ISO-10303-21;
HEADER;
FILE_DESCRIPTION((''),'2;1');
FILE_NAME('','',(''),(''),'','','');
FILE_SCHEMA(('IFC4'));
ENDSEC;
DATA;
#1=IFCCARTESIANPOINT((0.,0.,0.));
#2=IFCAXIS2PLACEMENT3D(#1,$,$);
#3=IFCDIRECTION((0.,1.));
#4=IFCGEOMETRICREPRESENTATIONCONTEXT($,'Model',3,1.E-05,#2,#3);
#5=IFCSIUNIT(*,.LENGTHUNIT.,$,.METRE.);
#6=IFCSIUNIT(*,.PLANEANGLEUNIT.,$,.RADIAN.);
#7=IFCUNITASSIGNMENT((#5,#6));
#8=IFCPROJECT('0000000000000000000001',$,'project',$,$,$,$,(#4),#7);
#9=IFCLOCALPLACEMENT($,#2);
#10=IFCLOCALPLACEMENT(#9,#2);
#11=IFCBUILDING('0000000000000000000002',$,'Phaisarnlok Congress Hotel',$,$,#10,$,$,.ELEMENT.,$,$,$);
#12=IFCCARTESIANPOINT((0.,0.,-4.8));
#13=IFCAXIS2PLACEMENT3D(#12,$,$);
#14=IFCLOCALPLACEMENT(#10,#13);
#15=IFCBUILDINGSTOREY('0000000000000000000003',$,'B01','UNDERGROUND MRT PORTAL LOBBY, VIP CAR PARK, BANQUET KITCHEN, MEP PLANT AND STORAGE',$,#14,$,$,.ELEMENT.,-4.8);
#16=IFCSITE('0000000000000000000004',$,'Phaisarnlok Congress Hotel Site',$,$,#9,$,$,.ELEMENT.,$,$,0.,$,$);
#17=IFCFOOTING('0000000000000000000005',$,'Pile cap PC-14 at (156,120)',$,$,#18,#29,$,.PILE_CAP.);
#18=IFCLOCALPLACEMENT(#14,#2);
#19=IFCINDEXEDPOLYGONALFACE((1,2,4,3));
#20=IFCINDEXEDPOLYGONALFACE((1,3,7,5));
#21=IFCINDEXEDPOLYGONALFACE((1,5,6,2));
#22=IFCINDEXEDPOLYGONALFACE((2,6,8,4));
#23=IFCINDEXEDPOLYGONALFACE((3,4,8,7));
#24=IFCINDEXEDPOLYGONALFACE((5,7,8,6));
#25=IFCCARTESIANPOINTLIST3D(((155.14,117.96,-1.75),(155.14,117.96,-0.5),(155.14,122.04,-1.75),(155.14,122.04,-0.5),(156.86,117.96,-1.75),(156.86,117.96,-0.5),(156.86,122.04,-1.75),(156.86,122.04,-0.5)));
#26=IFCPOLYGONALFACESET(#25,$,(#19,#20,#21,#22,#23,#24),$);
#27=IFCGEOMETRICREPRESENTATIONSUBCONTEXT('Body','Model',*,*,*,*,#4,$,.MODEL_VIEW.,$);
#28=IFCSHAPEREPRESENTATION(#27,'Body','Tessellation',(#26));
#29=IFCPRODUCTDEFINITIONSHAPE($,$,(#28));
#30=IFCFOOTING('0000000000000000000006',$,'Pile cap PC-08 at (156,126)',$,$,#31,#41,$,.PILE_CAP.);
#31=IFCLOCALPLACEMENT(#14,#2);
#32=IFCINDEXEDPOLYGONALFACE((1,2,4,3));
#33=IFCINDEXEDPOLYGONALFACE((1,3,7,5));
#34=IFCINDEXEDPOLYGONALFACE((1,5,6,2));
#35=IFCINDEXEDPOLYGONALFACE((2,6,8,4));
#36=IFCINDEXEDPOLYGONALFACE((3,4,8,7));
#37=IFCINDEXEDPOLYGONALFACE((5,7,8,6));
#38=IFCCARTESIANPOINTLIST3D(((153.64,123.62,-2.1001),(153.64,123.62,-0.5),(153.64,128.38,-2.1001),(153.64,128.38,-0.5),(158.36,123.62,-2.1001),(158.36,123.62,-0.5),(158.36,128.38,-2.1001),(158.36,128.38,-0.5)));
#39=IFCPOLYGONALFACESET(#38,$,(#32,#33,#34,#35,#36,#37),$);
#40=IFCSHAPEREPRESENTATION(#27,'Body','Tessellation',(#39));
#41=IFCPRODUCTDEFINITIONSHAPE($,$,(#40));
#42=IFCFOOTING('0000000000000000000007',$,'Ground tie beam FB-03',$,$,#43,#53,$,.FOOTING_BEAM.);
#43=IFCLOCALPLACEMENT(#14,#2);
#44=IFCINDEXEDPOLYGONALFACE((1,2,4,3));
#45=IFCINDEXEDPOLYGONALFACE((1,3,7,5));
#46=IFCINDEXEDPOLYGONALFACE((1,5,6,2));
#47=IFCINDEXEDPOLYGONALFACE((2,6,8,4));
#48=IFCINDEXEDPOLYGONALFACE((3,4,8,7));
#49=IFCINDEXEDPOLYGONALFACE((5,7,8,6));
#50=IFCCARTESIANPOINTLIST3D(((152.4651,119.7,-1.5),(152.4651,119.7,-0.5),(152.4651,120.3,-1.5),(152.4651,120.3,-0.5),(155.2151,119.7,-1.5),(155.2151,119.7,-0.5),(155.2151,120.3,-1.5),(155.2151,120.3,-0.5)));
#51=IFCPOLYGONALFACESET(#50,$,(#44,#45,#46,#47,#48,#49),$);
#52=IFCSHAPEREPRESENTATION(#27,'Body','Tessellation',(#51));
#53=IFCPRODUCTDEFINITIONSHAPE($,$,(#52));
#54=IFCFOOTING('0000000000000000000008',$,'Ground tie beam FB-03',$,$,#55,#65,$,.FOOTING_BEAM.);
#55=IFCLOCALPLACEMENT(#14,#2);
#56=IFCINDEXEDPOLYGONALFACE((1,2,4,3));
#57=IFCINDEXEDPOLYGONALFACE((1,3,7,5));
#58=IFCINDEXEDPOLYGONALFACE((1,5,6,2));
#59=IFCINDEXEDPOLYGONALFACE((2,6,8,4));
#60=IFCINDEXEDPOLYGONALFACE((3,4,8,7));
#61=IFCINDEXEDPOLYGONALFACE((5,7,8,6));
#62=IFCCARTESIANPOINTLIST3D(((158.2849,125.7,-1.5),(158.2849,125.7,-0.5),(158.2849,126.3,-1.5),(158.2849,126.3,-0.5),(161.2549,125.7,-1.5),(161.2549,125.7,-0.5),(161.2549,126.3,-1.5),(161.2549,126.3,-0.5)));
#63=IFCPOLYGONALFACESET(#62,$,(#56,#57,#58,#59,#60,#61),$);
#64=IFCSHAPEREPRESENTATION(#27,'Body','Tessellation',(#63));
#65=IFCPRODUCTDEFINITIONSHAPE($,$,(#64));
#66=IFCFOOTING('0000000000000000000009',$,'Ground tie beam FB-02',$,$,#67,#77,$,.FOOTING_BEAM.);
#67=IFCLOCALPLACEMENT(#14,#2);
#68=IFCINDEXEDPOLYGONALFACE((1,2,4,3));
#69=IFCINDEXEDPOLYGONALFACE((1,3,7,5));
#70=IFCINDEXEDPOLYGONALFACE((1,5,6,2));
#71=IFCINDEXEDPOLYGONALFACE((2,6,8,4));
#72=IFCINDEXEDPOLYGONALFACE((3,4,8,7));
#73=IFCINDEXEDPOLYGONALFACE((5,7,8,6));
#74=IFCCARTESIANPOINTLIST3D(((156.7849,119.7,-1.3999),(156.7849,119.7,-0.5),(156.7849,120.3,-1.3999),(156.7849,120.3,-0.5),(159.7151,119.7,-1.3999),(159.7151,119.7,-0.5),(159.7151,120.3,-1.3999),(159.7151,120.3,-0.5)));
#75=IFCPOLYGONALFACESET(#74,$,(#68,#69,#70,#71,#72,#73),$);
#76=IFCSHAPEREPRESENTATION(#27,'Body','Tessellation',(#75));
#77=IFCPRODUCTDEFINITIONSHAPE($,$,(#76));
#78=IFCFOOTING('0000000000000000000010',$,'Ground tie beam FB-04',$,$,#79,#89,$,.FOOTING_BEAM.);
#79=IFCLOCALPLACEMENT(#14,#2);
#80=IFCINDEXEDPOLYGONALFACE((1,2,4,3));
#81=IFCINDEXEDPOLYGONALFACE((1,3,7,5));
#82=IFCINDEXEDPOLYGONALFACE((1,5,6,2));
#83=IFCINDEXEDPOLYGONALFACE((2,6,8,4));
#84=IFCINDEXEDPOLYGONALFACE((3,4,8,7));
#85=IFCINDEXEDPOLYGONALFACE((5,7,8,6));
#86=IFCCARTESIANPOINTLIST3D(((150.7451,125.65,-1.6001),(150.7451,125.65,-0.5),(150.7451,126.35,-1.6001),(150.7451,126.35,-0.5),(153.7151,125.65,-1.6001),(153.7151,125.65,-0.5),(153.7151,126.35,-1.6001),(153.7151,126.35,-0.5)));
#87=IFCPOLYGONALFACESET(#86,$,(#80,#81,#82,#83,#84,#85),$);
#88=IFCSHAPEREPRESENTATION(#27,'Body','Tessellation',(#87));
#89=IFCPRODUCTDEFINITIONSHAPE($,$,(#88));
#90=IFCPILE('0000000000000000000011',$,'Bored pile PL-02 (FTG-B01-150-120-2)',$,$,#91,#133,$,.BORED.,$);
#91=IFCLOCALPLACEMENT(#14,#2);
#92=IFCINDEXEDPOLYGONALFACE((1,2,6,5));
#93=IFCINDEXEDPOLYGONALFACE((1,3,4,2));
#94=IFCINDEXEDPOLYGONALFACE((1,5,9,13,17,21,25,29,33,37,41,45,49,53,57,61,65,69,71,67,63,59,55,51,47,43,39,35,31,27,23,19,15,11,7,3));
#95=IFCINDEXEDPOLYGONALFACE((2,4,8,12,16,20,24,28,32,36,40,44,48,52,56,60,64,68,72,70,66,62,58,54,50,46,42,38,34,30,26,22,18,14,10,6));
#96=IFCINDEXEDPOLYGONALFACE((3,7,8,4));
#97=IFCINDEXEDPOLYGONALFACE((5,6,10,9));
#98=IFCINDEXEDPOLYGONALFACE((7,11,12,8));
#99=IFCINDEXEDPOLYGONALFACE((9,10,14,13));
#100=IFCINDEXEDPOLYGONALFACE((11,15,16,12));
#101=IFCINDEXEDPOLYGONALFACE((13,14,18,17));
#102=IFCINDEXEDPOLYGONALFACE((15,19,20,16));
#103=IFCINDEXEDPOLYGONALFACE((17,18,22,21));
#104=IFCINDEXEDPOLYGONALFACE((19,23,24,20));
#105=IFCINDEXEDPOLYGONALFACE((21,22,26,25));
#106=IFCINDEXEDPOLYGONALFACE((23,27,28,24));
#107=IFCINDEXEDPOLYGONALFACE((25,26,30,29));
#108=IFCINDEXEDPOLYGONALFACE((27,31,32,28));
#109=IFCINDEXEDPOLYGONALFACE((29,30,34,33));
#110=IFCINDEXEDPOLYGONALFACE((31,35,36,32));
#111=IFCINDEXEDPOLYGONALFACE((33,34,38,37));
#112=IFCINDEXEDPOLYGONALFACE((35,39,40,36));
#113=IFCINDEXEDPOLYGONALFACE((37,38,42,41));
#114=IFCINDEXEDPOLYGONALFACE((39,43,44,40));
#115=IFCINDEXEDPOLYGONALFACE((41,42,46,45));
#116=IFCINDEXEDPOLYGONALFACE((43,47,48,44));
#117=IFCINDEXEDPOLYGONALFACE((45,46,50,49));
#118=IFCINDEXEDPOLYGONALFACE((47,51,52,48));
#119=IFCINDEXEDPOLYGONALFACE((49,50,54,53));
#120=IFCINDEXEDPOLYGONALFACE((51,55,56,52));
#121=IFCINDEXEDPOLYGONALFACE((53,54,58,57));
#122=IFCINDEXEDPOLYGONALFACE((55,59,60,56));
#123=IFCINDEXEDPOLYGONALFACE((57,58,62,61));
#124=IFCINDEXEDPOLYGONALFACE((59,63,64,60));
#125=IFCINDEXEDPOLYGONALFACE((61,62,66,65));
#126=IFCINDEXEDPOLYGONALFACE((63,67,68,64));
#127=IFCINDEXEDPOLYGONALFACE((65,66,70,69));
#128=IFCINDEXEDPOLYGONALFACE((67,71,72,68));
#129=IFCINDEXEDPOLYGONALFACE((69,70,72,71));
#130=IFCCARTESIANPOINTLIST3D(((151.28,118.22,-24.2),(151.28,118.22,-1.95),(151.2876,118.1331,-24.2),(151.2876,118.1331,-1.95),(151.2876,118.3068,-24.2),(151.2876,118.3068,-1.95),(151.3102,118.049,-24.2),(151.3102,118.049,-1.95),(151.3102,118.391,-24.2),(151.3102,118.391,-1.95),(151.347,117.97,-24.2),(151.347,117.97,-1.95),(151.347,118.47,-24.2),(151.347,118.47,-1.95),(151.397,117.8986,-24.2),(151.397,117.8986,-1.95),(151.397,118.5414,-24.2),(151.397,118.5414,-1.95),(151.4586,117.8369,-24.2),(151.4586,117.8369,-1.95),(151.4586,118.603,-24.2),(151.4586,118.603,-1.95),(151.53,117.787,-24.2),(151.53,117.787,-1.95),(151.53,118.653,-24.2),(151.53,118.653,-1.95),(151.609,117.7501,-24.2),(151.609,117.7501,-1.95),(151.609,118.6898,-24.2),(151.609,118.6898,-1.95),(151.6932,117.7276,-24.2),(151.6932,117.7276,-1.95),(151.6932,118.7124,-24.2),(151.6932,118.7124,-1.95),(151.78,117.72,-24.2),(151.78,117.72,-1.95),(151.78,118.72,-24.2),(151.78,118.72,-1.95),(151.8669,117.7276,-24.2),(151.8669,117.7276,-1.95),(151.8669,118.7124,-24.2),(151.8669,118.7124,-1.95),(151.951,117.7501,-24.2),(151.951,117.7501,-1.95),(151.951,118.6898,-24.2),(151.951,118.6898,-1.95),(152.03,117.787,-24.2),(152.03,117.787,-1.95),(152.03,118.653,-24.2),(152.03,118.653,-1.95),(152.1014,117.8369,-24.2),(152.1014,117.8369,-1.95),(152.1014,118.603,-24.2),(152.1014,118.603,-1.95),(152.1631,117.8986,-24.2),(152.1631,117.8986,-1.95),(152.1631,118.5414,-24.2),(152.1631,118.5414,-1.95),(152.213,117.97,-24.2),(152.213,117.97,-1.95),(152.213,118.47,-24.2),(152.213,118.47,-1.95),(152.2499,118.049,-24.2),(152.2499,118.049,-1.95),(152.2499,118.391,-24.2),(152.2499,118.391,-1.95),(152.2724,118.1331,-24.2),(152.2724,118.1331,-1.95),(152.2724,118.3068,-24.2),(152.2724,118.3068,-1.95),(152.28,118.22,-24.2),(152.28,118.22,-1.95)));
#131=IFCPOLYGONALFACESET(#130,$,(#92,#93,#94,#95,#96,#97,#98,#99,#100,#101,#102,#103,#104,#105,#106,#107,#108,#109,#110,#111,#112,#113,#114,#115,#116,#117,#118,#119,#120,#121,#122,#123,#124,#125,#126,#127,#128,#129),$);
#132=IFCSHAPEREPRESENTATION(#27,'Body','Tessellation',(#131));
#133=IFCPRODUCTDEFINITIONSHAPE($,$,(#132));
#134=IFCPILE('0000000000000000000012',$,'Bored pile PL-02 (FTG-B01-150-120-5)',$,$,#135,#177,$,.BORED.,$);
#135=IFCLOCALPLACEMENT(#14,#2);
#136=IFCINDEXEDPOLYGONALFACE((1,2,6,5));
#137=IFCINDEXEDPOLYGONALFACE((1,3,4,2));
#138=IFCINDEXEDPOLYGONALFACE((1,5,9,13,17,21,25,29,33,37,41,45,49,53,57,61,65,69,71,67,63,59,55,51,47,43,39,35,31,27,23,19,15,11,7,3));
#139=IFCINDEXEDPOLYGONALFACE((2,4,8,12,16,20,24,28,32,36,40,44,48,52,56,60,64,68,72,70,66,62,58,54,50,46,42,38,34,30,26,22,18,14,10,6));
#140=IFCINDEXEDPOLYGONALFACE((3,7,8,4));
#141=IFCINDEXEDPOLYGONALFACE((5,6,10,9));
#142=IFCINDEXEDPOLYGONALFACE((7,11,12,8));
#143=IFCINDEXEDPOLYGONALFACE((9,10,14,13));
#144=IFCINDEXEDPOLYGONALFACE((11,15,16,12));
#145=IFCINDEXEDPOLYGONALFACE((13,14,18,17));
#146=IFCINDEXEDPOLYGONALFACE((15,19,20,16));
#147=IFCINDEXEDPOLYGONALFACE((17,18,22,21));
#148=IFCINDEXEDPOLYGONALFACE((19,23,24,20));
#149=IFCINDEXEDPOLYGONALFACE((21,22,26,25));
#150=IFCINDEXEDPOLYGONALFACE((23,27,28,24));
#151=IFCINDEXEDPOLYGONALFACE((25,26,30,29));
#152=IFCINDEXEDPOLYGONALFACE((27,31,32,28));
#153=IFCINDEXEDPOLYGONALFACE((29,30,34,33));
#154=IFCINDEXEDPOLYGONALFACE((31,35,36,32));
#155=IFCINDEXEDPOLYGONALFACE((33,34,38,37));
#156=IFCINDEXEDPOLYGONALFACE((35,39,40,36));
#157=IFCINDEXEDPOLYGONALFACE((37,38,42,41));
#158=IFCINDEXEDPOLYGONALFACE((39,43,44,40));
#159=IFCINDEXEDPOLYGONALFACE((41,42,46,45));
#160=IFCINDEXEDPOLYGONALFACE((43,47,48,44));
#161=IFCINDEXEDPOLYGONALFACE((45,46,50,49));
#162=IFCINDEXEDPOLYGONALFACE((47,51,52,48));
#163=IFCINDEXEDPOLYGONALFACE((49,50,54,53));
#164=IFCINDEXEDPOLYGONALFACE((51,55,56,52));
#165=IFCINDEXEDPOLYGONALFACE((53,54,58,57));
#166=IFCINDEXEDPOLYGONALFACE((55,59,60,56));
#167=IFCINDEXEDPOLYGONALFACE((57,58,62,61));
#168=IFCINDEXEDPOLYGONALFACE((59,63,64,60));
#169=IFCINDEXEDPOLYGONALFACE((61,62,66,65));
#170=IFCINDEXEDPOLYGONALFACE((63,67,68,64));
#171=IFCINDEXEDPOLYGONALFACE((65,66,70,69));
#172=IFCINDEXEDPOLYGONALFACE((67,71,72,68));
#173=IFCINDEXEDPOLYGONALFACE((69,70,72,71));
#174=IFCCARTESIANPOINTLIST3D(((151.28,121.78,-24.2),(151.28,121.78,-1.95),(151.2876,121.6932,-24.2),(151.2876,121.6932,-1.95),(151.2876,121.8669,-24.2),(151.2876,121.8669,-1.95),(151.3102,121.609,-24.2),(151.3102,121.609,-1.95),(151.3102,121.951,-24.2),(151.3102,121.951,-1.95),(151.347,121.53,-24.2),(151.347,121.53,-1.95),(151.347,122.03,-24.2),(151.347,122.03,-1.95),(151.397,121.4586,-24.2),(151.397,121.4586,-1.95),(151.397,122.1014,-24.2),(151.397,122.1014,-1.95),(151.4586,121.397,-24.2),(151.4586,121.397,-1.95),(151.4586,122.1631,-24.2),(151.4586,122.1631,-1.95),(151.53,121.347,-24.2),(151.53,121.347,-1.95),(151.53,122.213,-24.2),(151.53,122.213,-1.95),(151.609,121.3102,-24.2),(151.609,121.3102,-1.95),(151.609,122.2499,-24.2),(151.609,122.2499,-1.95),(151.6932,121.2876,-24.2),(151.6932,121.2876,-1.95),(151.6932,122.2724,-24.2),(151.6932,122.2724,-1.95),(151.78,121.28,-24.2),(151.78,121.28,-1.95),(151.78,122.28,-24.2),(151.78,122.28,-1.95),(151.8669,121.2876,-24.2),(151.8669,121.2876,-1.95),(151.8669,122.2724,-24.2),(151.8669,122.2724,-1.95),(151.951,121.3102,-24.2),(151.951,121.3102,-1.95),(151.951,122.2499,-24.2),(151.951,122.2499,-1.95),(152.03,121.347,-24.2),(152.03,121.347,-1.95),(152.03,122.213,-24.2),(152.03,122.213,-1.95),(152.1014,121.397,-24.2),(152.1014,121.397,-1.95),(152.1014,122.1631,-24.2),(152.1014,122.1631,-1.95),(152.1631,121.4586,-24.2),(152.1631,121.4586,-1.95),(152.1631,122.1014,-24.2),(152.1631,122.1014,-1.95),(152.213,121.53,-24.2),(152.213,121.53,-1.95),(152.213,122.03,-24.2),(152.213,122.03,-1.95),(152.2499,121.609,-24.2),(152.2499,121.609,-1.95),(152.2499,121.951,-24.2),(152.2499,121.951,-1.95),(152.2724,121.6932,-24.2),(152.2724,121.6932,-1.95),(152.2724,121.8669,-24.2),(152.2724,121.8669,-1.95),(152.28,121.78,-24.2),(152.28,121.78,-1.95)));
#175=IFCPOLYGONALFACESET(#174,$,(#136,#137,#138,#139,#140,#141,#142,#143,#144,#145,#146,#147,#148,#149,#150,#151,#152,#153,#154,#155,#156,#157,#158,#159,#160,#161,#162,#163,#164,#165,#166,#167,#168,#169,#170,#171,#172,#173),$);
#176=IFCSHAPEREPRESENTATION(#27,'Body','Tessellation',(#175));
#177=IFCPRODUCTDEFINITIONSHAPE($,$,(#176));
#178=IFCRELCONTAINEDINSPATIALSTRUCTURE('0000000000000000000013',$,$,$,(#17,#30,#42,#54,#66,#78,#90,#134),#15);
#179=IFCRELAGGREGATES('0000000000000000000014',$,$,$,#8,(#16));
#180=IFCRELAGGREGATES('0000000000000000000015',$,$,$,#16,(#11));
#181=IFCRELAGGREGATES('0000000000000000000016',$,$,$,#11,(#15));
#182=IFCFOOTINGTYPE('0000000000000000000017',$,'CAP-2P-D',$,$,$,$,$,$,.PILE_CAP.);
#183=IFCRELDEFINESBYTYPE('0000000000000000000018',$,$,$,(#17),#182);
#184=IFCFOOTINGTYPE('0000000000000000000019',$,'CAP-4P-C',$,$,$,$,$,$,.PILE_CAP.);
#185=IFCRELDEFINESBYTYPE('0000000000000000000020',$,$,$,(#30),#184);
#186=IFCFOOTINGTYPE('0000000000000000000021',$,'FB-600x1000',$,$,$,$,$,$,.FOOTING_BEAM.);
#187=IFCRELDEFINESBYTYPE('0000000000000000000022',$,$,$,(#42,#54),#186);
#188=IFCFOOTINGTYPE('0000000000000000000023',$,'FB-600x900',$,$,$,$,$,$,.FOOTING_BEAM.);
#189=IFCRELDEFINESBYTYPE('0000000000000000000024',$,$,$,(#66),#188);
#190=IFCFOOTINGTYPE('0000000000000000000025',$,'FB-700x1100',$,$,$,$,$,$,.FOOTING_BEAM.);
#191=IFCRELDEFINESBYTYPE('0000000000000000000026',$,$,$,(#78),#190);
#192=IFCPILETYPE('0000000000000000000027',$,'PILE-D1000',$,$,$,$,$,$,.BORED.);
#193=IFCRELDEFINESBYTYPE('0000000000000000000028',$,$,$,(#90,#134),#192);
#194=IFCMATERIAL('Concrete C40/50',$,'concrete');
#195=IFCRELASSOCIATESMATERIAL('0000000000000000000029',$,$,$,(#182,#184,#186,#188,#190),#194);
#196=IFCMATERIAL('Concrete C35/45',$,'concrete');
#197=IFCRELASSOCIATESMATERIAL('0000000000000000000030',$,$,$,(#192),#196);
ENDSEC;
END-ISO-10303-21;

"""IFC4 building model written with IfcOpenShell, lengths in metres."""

from ifc_helpers import new_model, si_unit, direction, frame, origin, origin_2d, place, context, subcontext, project, spatial, rectangle, circle, extrude, material, material_profile, profile_set, type_object, element, save


model = new_model("IFC4")

# Units and contexts
model_context = context("Model", 3, precision=1e-05, world=origin(), true_north=direction((0.0, 1.0)))
body_context = subcontext(model_context, "Body", "Model", "MODEL_VIEW")
ifc_project = project(units=[si_unit("LENGTHUNIT", "METRE"), si_unit("PLANEANGLEUNIT", "RADIAN")], contexts=[model_context])

# Site, building, storey
site_placement = place(None, origin())
site = spatial("IfcSite", under=ifc_project, at=site_placement, Name="Phaisarnlok Congress Hotel Site", CompositionType="ELEMENT", RefElevation=0.0)
building_placement = place(site_placement, origin())
building = spatial("IfcBuilding", under=site, at=building_placement, Name="Phaisarnlok Congress Hotel", CompositionType="ELEMENT")
storey_placement = place(building_placement, frame((0.0, 0.0, -4.8)))
storey = spatial("IfcBuildingStorey", under=building, at=storey_placement, Name="B01", Description="UNDERGROUND MRT PORTAL LOBBY, VIP CAR PARK, BANQUET KITCHEN, MEP PLANT AND STORAGE", CompositionType="ELEMENT", Elevation=-4.8)

# Footings
ifc_material_1 = material(Name="Concrete C40/50", Category="concrete")
footing_type_1 = type_object("IfcFootingType", Name="CAP-2P-D", PredefinedType="PILE_CAP", material=ifc_material_1)
footing_1_placement = place(storey_placement, frame((156.0, 120.0, -1.75), z_axis=(0.0, 0.0, 1.0), x_axis=(1.0, 0.0, 0.0)))
element("IfcFooting", 1, at=footing_1_placement, inside=storey, type_object=footing_type_1, Name="Pile cap PC-14 at (156,120)", PredefinedType="PILE_CAP", context=body_context, shape_type="SweptSolid", body=[
    extrude(rectangle(XDim=1.72, YDim=4.0801, at=origin_2d()), origin(), (0.0, 0.0, 1.0), 1.25),
])
footing_type_2 = type_object("IfcFootingType", Name="CAP-4P-C", PredefinedType="PILE_CAP", material=ifc_material_1)
footing_2_placement = place(storey_placement, frame((156.0, 126.0, -2.1001), z_axis=(0.0, 0.0, 1.0), x_axis=(1.0, 0.0, 0.0)))
element("IfcFooting", 2, at=footing_2_placement, inside=storey, type_object=footing_type_2, Name="Pile cap PC-08 at (156,126)", PredefinedType="PILE_CAP", context=body_context, shape_type="SweptSolid", body=[
    extrude(rectangle(XDim=4.72, YDim=4.76, at=origin_2d()), origin(), (0.0, 0.0, 1.0), 1.6001),
])
ifc_material_profile_1 = material_profile(ifc_material_1, rectangle(XDim=0.6001, YDim=1.0, at=origin_2d()), Name="FB-600x1000")
ifc_profile_set_1 = profile_set([ifc_material_profile_1], Name="Concrete C40/50")
footing_type_3 = type_object("IfcFootingType", Name="FB-600x1000", PredefinedType="FOOTING_BEAM", material=ifc_profile_set_1)
footing_3_placement = place(storey_placement, frame((152.4651, 120.0, -1.0), z_axis=(1.0, 0.0, 0.0), x_axis=(0.0, 1.0, 0.0)))
element("IfcFooting", 3, at=footing_3_placement, inside=storey, type_object=footing_type_3, Name="Ground tie beam FB-03", PredefinedType="FOOTING_BEAM", context=body_context, shape_type="SweptSolid", body=[
    extrude(rectangle(XDim=0.6001, YDim=1.0, at=origin_2d()), origin(), (0.0, 0.0, 1.0), 2.75),
])
footing_4_placement = place(storey_placement, frame((158.2849, 126.0, -1.0), z_axis=(1.0, 0.0, 0.0), x_axis=(0.0, 1.0, 0.0)))
element("IfcFooting", 4, at=footing_4_placement, inside=storey, type_object=footing_type_3, Name="Ground tie beam FB-03", PredefinedType="FOOTING_BEAM", context=body_context, shape_type="SweptSolid", body=[
    extrude(rectangle(XDim=0.6001, YDim=1.0, at=origin_2d()), origin(), (0.0, 0.0, 1.0), 2.97),
])
ifc_material_profile_2 = material_profile(ifc_material_1, rectangle(XDim=0.6001, YDim=0.8999, at=origin_2d()), Name="FB-600x900")
ifc_profile_set_2 = profile_set([ifc_material_profile_2], Name="Concrete C40/50")
footing_type_4 = type_object("IfcFootingType", Name="FB-600x900", PredefinedType="FOOTING_BEAM", material=ifc_profile_set_2)
footing_5_placement = place(storey_placement, frame((156.7849, 120.0, -0.95), z_axis=(1.0, 0.0, 0.0), x_axis=(0.0, 1.0, 0.0)))
element("IfcFooting", 5, at=footing_5_placement, inside=storey, type_object=footing_type_4, Name="Ground tie beam FB-02", PredefinedType="FOOTING_BEAM", context=body_context, shape_type="SweptSolid", body=[
    extrude(rectangle(XDim=0.6001, YDim=0.8999, at=origin_2d()), origin(), (0.0, 0.0, 1.0), 2.9302),
])
ifc_material_profile_3 = material_profile(ifc_material_1, rectangle(XDim=0.7, YDim=1.1001, at=origin_2d()), Name="FB-700x1100")
ifc_profile_set_3 = profile_set([ifc_material_profile_3], Name="Concrete C40/50")
footing_type_5 = type_object("IfcFootingType", Name="FB-700x1100", PredefinedType="FOOTING_BEAM", material=ifc_profile_set_3)
footing_6_placement = place(storey_placement, frame((150.7451, 126.0, -1.05), z_axis=(1.0, 0.0, 0.0), x_axis=(0.0, 1.0, 0.0)))
element("IfcFooting", 6, at=footing_6_placement, inside=storey, type_object=footing_type_5, Name="Ground tie beam FB-04", PredefinedType="FOOTING_BEAM", context=body_context, shape_type="SweptSolid", body=[
    extrude(rectangle(XDim=0.7, YDim=1.1001, at=origin_2d()), origin(), (0.0, 0.0, 1.0), 2.97),
])

# Piles
ifc_material_2 = material(Name="Concrete C35/45", Category="concrete")
ifc_material_profile_4 = material_profile(ifc_material_2, circle(Radius=0.5, at=origin_2d()), Name="BORED PILE D1000")
ifc_profile_set_4 = profile_set([ifc_material_profile_4], Name="Concrete C35/45")
pile_type_1 = type_object("IfcPileType", Name="PILE-D1000", PredefinedType="BORED", material=ifc_profile_set_4)
for number, where, z_axis, x_axis, name in (
    (7, (151.78, 118.22, -1.95), (0.0, 0.0, -1.0), (1.0, 0.0, 0.0), "Bored pile PL-02 (FTG-B01-150-120-2)"),
    (8, (151.78, 121.78, -1.95), (0.0, 0.0, -1.0), (1.0, 0.0, 0.0), "Bored pile PL-02 (FTG-B01-150-120-5)"),
):
    element("IfcPile", number, at=place(storey_placement, frame(where, z_axis=z_axis, x_axis=x_axis)), inside=storey, type_object=pile_type_1, Name=name, PredefinedType="BORED", context=body_context, shape_type="SweptSolid", body=[
        extrude(circle(Radius=0.5, at=origin_2d()), origin(), (0.0, 0.0, 1.0), 22.25),
    ])

save(model, "model.ifc")
